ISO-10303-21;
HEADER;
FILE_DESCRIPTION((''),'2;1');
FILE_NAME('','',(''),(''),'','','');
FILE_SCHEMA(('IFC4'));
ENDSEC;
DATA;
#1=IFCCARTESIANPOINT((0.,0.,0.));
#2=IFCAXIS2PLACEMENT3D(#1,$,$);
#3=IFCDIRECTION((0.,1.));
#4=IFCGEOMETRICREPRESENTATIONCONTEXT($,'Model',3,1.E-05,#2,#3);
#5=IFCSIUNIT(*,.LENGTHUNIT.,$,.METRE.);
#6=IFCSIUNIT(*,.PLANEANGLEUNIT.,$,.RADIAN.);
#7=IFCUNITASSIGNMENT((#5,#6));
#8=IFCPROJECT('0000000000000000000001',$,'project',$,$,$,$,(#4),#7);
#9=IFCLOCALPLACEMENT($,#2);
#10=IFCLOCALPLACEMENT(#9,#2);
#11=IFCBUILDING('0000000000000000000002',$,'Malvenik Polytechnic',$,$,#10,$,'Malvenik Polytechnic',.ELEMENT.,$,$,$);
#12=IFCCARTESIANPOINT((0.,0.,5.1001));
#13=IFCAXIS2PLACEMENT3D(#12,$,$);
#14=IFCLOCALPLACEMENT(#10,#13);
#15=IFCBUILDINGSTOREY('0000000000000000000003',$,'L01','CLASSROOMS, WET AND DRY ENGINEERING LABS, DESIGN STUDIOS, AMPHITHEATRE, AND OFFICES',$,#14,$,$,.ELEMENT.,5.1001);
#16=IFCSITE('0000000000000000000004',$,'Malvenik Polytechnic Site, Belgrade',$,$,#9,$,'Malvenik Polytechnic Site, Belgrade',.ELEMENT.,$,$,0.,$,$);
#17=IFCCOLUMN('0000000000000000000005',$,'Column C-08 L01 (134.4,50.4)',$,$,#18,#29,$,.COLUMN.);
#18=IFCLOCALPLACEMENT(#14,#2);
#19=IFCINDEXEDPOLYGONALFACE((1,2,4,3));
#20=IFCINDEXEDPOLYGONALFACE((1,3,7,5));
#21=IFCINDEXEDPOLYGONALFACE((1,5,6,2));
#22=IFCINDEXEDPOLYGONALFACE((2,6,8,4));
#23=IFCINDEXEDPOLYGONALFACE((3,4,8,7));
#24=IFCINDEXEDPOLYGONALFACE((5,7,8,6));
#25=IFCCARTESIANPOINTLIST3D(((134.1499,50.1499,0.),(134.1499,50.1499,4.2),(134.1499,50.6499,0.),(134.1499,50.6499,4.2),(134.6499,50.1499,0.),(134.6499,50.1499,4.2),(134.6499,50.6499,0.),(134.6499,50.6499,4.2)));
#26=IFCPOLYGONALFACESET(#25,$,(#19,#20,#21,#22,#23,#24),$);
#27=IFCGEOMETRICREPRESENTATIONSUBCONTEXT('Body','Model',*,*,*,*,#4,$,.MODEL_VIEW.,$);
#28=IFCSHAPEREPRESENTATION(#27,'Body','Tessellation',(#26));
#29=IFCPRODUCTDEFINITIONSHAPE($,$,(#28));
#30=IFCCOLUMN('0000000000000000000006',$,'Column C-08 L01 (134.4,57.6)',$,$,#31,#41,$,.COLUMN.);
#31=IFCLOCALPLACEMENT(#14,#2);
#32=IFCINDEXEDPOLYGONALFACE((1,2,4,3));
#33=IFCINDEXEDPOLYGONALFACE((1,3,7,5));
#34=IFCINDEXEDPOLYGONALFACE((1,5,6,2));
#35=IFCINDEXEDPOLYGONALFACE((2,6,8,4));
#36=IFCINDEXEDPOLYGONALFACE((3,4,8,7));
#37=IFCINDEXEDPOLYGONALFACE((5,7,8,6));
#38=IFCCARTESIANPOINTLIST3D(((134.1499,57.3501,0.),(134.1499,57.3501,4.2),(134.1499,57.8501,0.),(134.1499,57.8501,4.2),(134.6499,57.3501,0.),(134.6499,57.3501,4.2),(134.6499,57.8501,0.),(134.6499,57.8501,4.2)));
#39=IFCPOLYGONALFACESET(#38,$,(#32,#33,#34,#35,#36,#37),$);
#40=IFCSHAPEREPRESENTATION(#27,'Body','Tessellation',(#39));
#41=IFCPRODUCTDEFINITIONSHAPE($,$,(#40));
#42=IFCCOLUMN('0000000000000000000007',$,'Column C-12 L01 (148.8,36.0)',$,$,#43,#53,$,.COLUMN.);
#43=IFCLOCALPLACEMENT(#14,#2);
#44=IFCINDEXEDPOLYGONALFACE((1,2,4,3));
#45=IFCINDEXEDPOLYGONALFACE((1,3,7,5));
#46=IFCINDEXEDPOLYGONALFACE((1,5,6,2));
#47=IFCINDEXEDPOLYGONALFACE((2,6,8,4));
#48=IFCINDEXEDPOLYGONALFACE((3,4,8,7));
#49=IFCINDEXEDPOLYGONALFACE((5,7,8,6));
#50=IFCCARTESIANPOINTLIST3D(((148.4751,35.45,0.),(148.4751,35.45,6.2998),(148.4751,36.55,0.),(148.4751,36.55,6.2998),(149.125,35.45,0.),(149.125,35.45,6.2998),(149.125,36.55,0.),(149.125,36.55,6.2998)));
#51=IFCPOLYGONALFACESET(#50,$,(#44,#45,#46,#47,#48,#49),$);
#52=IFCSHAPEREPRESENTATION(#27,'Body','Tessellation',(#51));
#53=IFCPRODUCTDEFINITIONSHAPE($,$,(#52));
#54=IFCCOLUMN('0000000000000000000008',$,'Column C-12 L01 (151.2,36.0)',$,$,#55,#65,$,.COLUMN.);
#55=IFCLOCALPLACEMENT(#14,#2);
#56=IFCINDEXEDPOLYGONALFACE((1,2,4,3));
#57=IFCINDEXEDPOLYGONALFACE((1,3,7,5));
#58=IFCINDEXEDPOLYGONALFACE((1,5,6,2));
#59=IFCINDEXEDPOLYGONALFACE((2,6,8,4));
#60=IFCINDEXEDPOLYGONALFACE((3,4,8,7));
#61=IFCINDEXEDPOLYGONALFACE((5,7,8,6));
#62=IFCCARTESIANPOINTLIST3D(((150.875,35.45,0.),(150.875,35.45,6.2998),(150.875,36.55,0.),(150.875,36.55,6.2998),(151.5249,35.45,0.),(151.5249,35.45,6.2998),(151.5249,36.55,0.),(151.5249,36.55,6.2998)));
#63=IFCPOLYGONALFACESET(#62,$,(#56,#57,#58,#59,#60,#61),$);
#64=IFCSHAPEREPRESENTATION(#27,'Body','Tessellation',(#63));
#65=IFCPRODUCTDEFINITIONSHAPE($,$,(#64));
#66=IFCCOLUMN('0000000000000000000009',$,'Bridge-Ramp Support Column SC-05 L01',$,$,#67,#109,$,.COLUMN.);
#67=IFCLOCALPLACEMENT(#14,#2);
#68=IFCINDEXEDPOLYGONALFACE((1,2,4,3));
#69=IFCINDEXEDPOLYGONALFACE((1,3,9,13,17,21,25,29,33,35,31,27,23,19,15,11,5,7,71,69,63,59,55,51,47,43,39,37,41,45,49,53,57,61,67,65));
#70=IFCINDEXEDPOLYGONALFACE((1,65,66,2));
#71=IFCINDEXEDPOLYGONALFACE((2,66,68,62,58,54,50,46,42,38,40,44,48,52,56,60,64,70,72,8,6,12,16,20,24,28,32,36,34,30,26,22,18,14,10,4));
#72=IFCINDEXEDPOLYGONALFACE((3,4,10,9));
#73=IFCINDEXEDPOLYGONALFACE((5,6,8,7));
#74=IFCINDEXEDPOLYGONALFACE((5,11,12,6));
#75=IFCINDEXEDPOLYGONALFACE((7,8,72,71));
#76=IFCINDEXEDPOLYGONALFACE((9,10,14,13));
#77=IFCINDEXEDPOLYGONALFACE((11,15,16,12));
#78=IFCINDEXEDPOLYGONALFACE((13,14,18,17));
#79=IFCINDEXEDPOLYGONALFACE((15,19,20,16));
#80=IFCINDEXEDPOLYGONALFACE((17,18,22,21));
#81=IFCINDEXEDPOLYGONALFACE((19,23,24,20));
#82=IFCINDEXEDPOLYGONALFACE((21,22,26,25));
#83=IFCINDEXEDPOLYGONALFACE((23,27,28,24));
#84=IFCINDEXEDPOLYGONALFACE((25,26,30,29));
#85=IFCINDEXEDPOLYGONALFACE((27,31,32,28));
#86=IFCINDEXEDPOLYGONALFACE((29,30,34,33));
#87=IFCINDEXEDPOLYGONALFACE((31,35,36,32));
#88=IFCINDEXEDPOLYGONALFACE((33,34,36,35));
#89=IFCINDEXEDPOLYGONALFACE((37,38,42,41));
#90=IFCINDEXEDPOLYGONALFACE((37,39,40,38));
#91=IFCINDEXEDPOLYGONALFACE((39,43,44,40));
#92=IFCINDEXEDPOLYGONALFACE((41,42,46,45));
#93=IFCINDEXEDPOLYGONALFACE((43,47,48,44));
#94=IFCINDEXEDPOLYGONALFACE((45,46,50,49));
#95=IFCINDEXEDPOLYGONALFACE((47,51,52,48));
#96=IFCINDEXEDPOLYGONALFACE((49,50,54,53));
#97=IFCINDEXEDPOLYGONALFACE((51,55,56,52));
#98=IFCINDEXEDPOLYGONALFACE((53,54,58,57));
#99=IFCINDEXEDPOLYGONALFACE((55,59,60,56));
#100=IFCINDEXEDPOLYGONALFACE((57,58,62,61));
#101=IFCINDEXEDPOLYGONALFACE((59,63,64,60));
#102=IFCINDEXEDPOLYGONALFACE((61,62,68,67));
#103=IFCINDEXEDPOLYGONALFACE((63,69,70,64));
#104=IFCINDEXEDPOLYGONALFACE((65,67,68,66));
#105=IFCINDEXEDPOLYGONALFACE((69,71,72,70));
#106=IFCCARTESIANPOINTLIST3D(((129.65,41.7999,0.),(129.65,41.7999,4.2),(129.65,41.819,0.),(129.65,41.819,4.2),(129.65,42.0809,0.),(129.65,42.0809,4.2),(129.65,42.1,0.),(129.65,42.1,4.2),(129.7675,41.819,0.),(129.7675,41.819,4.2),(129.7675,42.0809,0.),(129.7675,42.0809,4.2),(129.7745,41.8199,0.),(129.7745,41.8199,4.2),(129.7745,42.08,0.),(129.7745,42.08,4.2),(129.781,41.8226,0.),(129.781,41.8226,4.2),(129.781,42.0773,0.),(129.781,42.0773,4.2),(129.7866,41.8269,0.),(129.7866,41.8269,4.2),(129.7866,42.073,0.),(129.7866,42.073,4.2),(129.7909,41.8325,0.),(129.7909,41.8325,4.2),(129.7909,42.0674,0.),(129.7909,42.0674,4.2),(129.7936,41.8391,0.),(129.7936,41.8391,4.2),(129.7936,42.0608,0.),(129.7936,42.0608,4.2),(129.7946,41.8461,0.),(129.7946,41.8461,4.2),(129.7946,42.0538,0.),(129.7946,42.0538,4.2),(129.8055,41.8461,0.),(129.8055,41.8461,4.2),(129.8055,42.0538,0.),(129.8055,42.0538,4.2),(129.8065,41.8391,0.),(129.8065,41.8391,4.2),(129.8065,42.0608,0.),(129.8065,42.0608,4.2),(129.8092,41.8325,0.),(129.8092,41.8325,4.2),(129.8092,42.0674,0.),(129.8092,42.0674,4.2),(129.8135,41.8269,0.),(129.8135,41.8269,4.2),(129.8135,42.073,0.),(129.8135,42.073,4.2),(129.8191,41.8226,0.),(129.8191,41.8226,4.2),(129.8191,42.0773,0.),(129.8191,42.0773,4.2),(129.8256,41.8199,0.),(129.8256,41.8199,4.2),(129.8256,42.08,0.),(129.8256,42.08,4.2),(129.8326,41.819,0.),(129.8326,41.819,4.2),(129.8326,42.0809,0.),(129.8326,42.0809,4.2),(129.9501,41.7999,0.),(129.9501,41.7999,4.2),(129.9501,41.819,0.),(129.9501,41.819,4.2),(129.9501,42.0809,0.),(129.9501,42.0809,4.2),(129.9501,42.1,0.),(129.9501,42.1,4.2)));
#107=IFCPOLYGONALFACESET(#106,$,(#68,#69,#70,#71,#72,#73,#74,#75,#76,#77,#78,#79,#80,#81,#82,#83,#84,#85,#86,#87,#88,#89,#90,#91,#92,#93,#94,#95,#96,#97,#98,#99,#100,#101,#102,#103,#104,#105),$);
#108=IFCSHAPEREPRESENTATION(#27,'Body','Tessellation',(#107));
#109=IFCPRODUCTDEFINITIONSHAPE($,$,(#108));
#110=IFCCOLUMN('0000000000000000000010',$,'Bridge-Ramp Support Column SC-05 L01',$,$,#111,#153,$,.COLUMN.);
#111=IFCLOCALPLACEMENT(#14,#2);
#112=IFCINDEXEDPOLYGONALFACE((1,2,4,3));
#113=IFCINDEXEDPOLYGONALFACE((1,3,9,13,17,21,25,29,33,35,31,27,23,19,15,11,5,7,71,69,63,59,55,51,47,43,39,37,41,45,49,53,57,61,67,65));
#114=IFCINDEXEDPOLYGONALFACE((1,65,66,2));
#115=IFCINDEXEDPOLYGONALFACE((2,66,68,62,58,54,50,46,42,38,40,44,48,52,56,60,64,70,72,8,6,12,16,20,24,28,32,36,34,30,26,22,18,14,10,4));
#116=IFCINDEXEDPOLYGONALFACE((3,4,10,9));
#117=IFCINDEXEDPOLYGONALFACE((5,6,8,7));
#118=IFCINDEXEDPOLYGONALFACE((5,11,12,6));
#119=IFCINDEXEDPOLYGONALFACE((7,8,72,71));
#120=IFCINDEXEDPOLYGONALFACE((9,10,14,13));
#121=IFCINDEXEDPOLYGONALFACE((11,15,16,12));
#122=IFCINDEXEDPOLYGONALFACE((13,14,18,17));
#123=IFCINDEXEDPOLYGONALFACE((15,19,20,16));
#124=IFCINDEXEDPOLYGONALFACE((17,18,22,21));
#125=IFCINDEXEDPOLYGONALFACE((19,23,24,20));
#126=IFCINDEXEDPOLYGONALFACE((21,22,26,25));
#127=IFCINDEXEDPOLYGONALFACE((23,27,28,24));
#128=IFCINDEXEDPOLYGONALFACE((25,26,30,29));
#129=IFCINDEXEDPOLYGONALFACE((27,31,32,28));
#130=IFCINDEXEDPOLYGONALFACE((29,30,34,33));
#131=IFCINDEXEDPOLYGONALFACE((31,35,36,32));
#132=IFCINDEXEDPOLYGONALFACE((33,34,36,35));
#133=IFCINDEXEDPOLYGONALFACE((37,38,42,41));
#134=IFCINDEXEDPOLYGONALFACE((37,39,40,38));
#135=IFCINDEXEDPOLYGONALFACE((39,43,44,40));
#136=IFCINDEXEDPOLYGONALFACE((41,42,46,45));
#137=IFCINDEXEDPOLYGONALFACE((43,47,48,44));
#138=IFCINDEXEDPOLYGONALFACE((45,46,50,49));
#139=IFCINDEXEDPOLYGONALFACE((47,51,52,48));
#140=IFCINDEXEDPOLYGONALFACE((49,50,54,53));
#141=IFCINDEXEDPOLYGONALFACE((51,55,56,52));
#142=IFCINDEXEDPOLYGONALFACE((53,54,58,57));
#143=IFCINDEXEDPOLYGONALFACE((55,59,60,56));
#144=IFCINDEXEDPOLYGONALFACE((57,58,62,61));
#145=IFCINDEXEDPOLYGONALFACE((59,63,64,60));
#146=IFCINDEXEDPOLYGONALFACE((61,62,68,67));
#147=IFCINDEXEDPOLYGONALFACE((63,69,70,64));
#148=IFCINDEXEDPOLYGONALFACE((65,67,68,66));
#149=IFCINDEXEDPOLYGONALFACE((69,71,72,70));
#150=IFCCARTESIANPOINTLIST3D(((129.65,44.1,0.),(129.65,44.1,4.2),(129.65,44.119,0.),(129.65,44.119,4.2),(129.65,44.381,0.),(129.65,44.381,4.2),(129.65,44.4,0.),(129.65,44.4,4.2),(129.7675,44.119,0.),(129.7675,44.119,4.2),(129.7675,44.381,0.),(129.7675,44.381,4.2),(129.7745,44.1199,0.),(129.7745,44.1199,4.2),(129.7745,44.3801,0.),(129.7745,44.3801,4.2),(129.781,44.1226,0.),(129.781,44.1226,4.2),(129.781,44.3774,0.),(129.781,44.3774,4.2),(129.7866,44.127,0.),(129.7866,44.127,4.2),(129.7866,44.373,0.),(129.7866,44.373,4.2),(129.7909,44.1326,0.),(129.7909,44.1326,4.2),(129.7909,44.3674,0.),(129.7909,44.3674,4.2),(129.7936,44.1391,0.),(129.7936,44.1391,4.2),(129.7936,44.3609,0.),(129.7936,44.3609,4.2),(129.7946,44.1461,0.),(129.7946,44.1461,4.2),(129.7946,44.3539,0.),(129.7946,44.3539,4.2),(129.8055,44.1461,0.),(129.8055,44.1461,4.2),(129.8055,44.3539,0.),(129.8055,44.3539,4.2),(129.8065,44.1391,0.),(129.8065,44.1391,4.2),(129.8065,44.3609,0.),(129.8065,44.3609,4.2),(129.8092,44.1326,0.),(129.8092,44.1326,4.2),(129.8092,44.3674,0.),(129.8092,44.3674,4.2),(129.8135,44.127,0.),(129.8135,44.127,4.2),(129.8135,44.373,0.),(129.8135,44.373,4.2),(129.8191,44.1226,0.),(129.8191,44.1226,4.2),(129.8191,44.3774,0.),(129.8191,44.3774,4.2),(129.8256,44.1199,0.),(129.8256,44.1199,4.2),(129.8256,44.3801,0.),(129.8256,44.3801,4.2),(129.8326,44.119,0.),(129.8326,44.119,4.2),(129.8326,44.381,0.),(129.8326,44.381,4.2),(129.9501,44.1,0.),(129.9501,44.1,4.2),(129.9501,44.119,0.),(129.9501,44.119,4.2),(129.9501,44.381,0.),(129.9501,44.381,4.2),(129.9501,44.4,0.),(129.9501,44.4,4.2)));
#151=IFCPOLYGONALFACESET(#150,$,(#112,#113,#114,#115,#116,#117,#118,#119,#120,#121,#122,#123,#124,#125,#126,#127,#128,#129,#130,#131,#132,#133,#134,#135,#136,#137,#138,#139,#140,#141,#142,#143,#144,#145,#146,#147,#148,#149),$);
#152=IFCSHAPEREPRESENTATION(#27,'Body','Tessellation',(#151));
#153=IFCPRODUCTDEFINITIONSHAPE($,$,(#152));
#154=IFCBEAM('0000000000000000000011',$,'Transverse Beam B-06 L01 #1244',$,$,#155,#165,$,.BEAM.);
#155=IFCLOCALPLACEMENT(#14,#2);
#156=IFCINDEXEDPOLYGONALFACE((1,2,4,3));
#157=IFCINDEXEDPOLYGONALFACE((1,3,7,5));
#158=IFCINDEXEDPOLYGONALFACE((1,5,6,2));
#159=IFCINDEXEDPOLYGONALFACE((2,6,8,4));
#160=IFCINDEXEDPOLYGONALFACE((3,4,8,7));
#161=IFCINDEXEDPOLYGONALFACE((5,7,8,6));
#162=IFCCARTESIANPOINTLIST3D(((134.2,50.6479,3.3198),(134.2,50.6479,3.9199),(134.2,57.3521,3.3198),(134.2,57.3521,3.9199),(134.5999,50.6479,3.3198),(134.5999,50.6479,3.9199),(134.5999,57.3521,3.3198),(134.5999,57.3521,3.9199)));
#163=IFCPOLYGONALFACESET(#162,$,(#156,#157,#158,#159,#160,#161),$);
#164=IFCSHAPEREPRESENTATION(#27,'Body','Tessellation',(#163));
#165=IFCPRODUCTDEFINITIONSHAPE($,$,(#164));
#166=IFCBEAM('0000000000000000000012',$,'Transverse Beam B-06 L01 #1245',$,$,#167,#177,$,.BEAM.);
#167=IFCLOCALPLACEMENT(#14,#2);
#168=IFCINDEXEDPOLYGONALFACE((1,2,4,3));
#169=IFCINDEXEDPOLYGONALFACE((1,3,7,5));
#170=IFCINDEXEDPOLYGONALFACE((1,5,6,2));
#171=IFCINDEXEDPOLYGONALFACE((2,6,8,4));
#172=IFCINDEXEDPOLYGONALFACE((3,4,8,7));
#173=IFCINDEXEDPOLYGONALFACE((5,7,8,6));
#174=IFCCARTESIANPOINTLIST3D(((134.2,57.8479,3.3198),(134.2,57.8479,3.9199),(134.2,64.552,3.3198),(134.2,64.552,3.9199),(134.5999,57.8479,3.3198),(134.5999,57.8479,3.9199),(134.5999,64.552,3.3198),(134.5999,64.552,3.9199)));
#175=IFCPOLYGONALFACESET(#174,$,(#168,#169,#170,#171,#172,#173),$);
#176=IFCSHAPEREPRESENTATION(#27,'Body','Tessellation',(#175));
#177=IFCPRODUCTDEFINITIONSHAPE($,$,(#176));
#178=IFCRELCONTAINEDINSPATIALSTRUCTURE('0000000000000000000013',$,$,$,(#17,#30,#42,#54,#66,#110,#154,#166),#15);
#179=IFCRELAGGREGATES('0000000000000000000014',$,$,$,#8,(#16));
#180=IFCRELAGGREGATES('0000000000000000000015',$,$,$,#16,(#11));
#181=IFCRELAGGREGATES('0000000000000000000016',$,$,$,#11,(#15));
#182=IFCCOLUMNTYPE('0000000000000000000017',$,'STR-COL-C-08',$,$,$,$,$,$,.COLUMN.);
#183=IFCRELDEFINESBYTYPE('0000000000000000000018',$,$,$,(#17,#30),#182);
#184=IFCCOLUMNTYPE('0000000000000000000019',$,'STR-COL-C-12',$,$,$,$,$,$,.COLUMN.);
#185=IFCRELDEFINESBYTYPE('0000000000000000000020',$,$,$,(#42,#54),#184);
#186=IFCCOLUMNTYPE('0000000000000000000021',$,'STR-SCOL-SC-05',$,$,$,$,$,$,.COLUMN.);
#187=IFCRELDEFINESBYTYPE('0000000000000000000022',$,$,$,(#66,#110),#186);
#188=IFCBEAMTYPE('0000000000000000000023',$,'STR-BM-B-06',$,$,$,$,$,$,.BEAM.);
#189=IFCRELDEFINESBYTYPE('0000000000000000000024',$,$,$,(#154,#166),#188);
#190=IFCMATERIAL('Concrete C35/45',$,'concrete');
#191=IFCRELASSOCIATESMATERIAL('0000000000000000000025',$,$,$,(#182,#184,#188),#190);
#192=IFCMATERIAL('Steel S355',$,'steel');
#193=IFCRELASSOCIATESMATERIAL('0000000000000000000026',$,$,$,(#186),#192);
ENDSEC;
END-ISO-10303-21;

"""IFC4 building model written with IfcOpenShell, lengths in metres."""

from ifc_helpers import new_model, si_unit, direction, frame, origin, origin_2d, place, context, subcontext, project, spatial, rectangle, i_section, extrude, material, material_profile, profile_set, type_object, element, save


model = new_model("IFC4")

# Units and contexts
model_context = context("Model", 3, precision=1e-05, world=origin(), true_north=direction((0.0, 1.0)))
body_context = subcontext(model_context, "Body", "Model", "MODEL_VIEW")
ifc_project = project(units=[si_unit("LENGTHUNIT", "METRE"), si_unit("PLANEANGLEUNIT", "RADIAN")], contexts=[model_context])

# Site, building, storey
site_placement = place(None, origin())
site = spatial("IfcSite", under=ifc_project, at=site_placement, Name="Malvenik Polytechnic Site, Belgrade", LongName="Malvenik Polytechnic Site, Belgrade", CompositionType="ELEMENT", RefElevation=0.0)
building_placement = place(site_placement, origin())
building = spatial("IfcBuilding", under=site, at=building_placement, Name="Malvenik Polytechnic", LongName="Malvenik Polytechnic", CompositionType="ELEMENT")
storey_placement = place(building_placement, frame((0.0, 0.0, 5.1001)))
storey = spatial("IfcBuildingStorey", under=building, at=storey_placement, Name="L01", Description="CLASSROOMS, WET AND DRY ENGINEERING LABS, DESIGN STUDIOS, AMPHITHEATRE, AND OFFICES", CompositionType="ELEMENT", Elevation=5.1001)

# Columns
ifc_material_1 = material(Name="Concrete C35/45", Category="concrete")
ifc_material_profile_1 = material_profile(ifc_material_1, rectangle(XDim=0.5, YDim=0.5, at=origin_2d()), Name="RC COL 500x500")
ifc_profile_set_1 = profile_set([ifc_material_profile_1], Name="Concrete C35/45")
column_type_1 = type_object("IfcColumnType", Name="STR-COL-C-08", PredefinedType="COLUMN", material=ifc_profile_set_1)
for number, where, z_axis, x_axis, name in (
    (1, (134.3999, 50.3999, 0.0), (0.0, 0.0, 1.0), (1.0, 0.0, 0.0), "Column C-08 L01 (134.4,50.4)"),
    (2, (134.3999, 57.6001, 0.0), (0.0, 0.0, 1.0), (1.0, 0.0, 0.0), "Column C-08 L01 (134.4,57.6)"),
):
    element("IfcColumn", number, at=place(storey_placement, frame(where, z_axis=z_axis, x_axis=x_axis)), inside=storey, type_object=column_type_1, Name=name, PredefinedType="COLUMN", context=body_context, shape_type="SweptSolid", body=[
        extrude(rectangle(XDim=0.5, YDim=0.5, at=origin_2d()), origin(), (0.0, 0.0, 1.0), 4.2),
    ])
ifc_material_profile_2 = material_profile(ifc_material_1, rectangle(XDim=0.6499, YDim=1.1001, at=origin_2d()), Name="RC COL 1100x650")
ifc_profile_set_2 = profile_set([ifc_material_profile_2], Name="Concrete C35/45")
column_type_2 = type_object("IfcColumnType", Name="STR-COL-C-12", PredefinedType="COLUMN", material=ifc_profile_set_2)
for number, where, z_axis, x_axis, name in (
    (3, (148.8, 36.0, 0.0), (0.0, 0.0, 1.0), (1.0, 0.0, 0.0), "Column C-12 L01 (148.8,36.0)"),
    (4, (151.2, 36.0, 0.0), (0.0, 0.0, 1.0), (1.0, 0.0, 0.0), "Column C-12 L01 (151.2,36.0)"),
):
    element("IfcColumn", number, at=place(storey_placement, frame(where, z_axis=z_axis, x_axis=x_axis)), inside=storey, type_object=column_type_2, Name=name, PredefinedType="COLUMN", context=body_context, shape_type="SweptSolid", body=[
        extrude(rectangle(XDim=0.6499, YDim=1.1001, at=origin_2d()), origin(), (0.0, 0.0, 1.0), 6.2998),
    ])
ifc_material_2 = material(Name="Steel S355", Category="steel")
ifc_material_profile_3 = material_profile(ifc_material_2, i_section(OverallWidth=0.3, OverallDepth=0.3, WebThickness=0.011, FlangeThickness=0.019, FilletRadius=0.0271, at=origin_2d()), Name="HEB 300")
ifc_profile_set_3 = profile_set([ifc_material_profile_3], Name="Steel S355")
column_type_3 = type_object("IfcColumnType", Name="STR-SCOL-SC-05", PredefinedType="COLUMN", material=ifc_profile_set_3)
for number, where, z_axis, x_axis, name in (
    (5, (129.8, 41.95, 0.0), (0.0, 0.0, 1.0), (1.0, 0.0, 0.0), "Bridge-Ramp Support Column SC-05 L01"),
    (6, (129.8, 44.25, 0.0), (0.0, 0.0, 1.0), (1.0, 0.0, 0.0), "Bridge-Ramp Support Column SC-05 L01"),
):
    element("IfcColumn", number, at=place(storey_placement, frame(where, z_axis=z_axis, x_axis=x_axis)), inside=storey, type_object=column_type_3, Name=name, PredefinedType="COLUMN", context=body_context, shape_type="SweptSolid", body=[
        extrude(i_section(OverallWidth=0.3, OverallDepth=0.3, WebThickness=0.011, FlangeThickness=0.019, FilletRadius=0.0271, at=origin_2d()), origin(), (0.0, 0.0, 1.0), 4.2),
    ])

# Beams
ifc_material_profile_4 = material_profile(ifc_material_1, rectangle(XDim=0.3999, YDim=0.6001, at=origin_2d()), Name="RC BM 400x600")
ifc_profile_set_4 = profile_set([ifc_material_profile_4], Name="Concrete C35/45")
beam_type_1 = type_object("IfcBeamType", Name="STR-BM-B-06", PredefinedType="BEAM", material=ifc_profile_set_4)
for number, where, z_axis, x_axis, name in (
    (7, (134.3999, 50.6479, 3.6199), (0.0, 1.0, 0.0), (-1.0, 0.0, 0.0), "Transverse Beam B-06 L01 #1244"),
    (8, (134.3999, 57.8479, 3.6199), (0.0, 1.0, 0.0), (-1.0, 0.0, 0.0), "Transverse Beam B-06 L01 #1245"),
):
    element("IfcBeam", number, at=place(storey_placement, frame(where, z_axis=z_axis, x_axis=x_axis)), inside=storey, type_object=beam_type_1, Name=name, PredefinedType="BEAM", context=body_context, shape_type="SweptSolid", body=[
        extrude(rectangle(XDim=0.3999, YDim=0.6001, at=origin_2d()), origin(), (0.0, 0.0, 1.0), 6.7041),
    ])

save(model, "model.ifc")
